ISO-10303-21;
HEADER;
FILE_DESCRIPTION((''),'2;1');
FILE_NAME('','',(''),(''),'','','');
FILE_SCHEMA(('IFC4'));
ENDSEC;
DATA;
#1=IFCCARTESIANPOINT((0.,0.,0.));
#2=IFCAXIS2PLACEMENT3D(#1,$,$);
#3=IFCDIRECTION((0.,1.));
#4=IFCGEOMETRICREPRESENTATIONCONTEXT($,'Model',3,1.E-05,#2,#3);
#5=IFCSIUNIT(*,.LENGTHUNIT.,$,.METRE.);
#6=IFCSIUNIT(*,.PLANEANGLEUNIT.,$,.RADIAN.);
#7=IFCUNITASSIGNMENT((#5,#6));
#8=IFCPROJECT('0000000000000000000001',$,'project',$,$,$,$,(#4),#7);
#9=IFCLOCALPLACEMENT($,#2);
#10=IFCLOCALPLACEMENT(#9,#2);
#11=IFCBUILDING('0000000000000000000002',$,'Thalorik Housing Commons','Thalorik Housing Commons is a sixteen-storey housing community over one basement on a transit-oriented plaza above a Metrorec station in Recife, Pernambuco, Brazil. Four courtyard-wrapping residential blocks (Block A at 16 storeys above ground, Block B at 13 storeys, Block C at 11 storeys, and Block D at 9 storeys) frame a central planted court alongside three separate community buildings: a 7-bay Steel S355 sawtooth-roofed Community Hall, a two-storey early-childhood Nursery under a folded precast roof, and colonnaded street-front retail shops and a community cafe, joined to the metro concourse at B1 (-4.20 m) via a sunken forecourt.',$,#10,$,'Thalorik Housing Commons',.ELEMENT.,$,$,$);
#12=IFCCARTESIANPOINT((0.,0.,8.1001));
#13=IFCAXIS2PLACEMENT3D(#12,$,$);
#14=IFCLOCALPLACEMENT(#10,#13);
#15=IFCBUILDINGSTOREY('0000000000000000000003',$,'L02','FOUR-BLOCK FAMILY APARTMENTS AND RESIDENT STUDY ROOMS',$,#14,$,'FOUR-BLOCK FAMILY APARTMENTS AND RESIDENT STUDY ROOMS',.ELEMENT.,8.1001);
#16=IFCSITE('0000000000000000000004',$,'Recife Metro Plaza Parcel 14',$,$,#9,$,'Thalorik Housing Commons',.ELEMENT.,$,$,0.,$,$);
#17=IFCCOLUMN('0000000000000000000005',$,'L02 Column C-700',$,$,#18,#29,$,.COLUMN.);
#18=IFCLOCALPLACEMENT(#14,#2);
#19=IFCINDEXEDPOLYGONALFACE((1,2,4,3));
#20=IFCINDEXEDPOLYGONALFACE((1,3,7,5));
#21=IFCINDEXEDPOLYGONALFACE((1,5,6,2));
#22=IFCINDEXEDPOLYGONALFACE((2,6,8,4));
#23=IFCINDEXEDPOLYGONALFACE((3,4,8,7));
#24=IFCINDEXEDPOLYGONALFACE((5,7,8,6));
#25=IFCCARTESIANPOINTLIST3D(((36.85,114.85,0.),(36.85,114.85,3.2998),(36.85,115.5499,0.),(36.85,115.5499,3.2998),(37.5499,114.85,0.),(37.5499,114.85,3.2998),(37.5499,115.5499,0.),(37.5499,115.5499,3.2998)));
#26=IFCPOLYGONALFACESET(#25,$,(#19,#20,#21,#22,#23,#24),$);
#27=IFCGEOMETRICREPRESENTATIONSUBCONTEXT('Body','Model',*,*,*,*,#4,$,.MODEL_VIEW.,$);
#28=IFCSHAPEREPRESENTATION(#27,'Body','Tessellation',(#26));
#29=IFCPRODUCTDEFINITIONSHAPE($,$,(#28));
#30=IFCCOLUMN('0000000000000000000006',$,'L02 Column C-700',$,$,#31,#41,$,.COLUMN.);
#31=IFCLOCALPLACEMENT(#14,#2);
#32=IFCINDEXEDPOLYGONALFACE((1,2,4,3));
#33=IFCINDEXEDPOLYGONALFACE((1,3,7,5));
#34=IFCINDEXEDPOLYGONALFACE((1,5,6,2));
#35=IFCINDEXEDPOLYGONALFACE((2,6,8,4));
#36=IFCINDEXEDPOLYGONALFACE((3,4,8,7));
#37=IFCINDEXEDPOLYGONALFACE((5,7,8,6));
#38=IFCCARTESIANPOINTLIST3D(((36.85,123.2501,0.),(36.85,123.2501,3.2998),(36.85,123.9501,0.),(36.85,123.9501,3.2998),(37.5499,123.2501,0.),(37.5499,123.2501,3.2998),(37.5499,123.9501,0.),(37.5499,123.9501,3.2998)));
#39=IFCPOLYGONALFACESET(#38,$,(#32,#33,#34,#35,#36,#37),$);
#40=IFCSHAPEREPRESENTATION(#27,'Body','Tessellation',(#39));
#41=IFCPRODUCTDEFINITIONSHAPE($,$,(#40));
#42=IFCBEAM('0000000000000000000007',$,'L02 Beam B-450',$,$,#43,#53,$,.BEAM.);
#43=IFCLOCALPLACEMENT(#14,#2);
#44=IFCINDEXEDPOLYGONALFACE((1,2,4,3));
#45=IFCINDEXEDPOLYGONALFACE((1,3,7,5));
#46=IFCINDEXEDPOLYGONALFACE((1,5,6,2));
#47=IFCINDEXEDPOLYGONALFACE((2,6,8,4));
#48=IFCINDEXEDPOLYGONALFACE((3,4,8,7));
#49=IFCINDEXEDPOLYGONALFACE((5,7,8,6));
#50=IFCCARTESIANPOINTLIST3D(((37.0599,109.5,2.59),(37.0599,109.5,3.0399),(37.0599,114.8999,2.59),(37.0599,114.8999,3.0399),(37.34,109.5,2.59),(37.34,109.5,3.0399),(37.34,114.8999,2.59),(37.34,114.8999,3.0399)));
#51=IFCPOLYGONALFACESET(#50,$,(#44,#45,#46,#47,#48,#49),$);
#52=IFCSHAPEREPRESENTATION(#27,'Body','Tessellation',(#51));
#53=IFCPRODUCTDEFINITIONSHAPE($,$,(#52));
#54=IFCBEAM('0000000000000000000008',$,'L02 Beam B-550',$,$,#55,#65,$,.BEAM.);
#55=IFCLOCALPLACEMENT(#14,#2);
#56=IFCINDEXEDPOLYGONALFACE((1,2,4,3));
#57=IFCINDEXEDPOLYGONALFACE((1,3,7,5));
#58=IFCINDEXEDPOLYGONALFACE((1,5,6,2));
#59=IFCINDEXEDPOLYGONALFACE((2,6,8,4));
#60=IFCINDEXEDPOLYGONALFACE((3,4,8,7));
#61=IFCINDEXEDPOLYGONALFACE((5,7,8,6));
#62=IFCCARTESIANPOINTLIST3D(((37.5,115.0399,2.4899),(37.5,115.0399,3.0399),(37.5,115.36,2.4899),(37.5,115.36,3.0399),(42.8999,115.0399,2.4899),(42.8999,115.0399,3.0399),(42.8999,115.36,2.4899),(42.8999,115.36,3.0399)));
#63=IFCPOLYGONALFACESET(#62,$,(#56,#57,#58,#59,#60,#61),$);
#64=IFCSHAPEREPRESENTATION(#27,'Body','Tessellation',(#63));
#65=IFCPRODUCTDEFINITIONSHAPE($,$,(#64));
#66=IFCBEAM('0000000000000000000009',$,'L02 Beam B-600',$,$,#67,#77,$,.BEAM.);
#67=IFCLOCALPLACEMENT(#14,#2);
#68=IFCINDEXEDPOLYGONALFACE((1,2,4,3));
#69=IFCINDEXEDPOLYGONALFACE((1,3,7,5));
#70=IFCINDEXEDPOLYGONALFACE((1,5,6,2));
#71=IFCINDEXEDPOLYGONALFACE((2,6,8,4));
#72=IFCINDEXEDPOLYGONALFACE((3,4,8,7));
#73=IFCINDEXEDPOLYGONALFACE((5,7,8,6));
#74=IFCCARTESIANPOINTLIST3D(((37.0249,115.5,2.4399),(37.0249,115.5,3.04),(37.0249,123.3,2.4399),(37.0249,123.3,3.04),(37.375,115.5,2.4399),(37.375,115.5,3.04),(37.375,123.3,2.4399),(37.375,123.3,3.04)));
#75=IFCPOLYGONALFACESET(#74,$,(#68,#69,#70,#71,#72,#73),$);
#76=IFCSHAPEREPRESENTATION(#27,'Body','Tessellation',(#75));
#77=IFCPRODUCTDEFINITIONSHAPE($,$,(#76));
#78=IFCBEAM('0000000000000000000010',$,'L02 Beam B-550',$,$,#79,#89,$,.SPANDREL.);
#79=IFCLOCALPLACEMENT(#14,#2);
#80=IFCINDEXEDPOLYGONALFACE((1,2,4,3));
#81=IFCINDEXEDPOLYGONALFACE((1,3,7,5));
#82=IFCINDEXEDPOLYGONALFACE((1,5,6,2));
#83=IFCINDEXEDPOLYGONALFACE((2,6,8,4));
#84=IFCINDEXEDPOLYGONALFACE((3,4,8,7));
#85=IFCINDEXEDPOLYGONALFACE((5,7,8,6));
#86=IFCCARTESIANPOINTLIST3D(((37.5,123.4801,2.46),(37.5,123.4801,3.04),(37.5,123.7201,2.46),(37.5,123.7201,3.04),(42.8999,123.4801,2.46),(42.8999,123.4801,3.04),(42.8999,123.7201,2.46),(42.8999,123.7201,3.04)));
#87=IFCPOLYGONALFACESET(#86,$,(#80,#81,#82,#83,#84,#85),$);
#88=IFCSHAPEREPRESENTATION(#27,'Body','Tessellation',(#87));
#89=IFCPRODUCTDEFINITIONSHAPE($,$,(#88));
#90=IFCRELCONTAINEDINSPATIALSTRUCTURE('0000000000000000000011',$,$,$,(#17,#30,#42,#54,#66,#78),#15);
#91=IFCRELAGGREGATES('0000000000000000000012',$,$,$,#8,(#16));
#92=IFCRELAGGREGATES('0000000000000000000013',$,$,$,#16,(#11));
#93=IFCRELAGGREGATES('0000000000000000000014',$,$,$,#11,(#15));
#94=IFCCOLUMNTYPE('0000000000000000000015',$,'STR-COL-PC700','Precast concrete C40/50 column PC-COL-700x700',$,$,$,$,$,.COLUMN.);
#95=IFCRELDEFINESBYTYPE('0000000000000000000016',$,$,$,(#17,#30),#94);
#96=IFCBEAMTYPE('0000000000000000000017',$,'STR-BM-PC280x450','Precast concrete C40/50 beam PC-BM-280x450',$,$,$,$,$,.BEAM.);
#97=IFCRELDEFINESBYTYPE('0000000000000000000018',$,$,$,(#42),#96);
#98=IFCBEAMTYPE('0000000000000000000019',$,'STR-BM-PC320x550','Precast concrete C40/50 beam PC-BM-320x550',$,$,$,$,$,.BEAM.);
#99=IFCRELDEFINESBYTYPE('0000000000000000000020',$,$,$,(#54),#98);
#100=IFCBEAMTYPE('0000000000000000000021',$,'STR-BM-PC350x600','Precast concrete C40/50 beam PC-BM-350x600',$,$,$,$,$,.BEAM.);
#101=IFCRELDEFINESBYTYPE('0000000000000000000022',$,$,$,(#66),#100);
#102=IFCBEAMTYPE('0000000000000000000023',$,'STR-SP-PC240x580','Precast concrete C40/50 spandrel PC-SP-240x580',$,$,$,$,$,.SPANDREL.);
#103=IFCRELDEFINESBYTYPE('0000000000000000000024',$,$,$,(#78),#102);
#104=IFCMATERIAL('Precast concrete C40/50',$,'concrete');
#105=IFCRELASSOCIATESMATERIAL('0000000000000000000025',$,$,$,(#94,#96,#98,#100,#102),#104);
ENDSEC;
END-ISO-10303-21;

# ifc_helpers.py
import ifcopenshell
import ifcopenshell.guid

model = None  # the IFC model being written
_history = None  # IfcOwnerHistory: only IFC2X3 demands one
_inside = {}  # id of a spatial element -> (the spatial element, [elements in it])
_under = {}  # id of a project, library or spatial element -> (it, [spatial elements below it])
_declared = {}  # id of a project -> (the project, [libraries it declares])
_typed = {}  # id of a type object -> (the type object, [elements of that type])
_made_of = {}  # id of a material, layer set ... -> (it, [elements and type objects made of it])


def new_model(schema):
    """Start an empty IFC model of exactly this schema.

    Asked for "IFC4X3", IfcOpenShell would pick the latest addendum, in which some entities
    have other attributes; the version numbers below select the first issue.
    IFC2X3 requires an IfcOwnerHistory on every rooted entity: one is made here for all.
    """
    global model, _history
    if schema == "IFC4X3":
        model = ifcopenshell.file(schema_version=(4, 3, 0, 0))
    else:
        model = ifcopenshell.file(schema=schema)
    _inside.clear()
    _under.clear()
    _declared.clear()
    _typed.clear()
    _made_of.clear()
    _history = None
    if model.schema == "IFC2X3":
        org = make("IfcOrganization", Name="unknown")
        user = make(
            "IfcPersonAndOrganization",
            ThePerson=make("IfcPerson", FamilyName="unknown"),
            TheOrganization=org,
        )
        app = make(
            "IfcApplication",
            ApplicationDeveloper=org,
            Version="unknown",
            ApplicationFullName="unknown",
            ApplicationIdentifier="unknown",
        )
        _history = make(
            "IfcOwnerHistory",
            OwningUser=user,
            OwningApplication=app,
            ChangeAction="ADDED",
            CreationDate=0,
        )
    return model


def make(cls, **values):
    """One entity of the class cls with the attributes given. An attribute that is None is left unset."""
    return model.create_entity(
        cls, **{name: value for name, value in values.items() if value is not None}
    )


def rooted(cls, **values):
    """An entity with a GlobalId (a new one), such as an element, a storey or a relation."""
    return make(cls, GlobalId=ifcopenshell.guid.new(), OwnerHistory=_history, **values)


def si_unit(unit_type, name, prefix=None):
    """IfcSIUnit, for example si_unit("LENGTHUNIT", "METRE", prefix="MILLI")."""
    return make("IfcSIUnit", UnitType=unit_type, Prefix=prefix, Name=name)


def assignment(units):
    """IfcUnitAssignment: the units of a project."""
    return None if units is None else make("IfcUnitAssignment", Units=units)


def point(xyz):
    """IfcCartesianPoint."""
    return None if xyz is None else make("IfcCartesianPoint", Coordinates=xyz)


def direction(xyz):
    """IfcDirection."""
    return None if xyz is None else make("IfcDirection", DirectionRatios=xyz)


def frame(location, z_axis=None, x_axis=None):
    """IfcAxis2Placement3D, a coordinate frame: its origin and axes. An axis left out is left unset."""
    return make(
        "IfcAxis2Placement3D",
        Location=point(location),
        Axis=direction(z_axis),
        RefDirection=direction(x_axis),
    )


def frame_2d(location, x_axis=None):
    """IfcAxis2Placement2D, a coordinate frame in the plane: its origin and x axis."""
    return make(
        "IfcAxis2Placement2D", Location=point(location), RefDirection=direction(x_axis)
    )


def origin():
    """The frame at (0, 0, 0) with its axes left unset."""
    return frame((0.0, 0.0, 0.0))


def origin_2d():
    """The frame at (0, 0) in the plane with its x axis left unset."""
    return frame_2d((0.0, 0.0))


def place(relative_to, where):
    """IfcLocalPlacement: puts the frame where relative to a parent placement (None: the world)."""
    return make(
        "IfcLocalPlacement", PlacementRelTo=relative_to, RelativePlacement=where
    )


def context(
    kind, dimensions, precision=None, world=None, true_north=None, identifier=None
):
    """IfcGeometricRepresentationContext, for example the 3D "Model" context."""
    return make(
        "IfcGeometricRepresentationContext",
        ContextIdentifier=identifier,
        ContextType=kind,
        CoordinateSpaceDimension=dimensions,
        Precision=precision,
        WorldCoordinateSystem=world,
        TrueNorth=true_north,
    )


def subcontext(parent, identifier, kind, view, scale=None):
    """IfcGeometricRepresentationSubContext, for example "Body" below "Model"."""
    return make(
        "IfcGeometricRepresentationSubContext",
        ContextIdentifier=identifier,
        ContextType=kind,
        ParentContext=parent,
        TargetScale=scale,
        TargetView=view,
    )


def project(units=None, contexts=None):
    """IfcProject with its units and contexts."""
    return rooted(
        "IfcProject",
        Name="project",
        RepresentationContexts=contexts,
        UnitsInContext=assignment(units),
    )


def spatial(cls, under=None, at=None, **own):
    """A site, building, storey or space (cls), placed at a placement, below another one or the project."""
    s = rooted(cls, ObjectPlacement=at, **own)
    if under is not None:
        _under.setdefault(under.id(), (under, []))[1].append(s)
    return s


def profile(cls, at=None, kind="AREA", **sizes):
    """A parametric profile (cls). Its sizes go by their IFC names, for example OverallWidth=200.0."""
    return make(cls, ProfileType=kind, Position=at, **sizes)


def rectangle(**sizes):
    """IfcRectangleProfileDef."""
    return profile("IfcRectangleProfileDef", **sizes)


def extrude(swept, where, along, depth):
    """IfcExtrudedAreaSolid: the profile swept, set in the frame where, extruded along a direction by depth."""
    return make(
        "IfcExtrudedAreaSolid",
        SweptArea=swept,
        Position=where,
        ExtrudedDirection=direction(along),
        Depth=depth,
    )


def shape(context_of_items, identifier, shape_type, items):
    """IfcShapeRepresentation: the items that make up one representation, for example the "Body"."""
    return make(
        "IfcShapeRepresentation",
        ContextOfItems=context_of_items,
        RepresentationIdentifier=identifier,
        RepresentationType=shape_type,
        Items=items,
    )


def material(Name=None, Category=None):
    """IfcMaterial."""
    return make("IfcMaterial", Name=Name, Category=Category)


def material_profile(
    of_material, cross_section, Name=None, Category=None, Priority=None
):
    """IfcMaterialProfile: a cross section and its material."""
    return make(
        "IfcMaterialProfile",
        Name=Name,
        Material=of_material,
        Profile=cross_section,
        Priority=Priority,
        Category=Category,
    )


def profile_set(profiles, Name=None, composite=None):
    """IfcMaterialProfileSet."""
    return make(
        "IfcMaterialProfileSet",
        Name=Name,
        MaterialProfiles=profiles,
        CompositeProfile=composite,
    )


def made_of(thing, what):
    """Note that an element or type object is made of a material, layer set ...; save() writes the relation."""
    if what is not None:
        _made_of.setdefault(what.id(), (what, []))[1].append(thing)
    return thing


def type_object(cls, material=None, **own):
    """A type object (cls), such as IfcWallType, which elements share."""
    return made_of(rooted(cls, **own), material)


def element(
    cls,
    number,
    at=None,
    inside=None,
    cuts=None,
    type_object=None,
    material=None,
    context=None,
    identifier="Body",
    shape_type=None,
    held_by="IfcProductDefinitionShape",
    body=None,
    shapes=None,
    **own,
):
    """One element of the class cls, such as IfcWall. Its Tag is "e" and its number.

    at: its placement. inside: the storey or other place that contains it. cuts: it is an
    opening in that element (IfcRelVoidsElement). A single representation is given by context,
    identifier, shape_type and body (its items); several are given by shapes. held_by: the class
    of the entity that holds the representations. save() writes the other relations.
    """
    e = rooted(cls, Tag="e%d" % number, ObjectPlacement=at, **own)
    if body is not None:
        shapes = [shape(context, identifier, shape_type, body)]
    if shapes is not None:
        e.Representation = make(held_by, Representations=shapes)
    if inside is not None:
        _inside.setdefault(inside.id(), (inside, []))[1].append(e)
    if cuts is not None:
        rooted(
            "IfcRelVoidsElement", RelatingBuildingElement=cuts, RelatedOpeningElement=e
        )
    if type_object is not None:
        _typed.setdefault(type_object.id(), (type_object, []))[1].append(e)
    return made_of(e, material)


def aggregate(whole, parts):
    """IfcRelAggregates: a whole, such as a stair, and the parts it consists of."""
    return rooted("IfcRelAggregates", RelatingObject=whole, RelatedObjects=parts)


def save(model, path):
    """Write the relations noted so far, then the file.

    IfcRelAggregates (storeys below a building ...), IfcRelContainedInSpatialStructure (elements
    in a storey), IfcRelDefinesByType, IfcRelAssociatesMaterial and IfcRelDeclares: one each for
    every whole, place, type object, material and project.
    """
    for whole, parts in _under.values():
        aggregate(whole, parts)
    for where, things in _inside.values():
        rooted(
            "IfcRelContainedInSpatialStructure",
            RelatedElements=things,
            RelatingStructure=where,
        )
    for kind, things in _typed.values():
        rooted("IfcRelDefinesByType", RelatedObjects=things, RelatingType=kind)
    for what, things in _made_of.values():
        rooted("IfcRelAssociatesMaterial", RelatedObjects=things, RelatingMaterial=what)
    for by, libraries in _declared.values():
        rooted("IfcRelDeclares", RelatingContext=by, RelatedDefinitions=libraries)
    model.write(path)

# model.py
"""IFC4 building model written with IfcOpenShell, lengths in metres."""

from ifc_helpers import new_model, si_unit, direction, frame, origin, origin_2d, place, context, subcontext, project, spatial, rectangle, extrude, material, material_profile, profile_set, type_object, element, save


model = new_model("IFC4")

# Units and contexts
model_context = context("Model", 3, precision=1e-05, world=origin(), true_north=direction((0.0, 1.0)))
body_context = subcontext(model_context, "Body", "Model", "MODEL_VIEW")
ifc_project = project(units=[si_unit("LENGTHUNIT", "METRE"), si_unit("PLANEANGLEUNIT", "RADIAN")], contexts=[model_context])

# Site, building, storey
site_placement = place(None, origin())
site = spatial("IfcSite", under=ifc_project, at=site_placement, Name="Recife Metro Plaza Parcel 14", LongName="Thalorik Housing Commons", CompositionType="ELEMENT", RefElevation=0.0)
building_placement = place(site_placement, origin())
building = spatial("IfcBuilding", under=site, at=building_placement, Name="Thalorik Housing Commons", Description="Thalorik Housing Commons is a sixteen-storey housing community over one basement on a transit-oriented plaza above a Metrorec station in Recife, Pernambuco, Brazil. Four courtyard-wrapping residential blocks (Block A at 16 storeys above ground, Block B at 13 storeys, Block C at 11 storeys, and Block D at 9 storeys) frame a central planted court alongside three separate community buildings: a 7-bay Steel S355 sawtooth-roofed Community Hall, a two-storey early-childhood Nursery under a folded precast roof, and colonnaded street-front retail shops and a community cafe, joined to the metro concourse at B1 (-4.20 m) via a sunken forecourt.", LongName="Thalorik Housing Commons", CompositionType="ELEMENT")
storey_placement = place(building_placement, frame((0.0, 0.0, 8.1001)))
storey = spatial("IfcBuildingStorey", under=building, at=storey_placement, Name="L02", Description="FOUR-BLOCK FAMILY APARTMENTS AND RESIDENT STUDY ROOMS", LongName="FOUR-BLOCK FAMILY APARTMENTS AND RESIDENT STUDY ROOMS", CompositionType="ELEMENT", Elevation=8.1001)

# Columns
ifc_material_1 = material(Name="Precast concrete C40/50", Category="concrete")
ifc_material_profile_1 = material_profile(ifc_material_1, rectangle(XDim=0.7, YDim=0.7, at=origin_2d()), Name="PC 700x700", Category="concrete")
ifc_profile_set_1 = profile_set([ifc_material_profile_1], Name="Precast concrete C40/50")
column_type = type_object("IfcColumnType", Name="STR-COL-PC700", Description="Precast concrete C40/50 column PC-COL-700x700", PredefinedType="COLUMN", material=ifc_profile_set_1)
for number, where, z_axis, x_axis, name in (
    (1, (37.2, 115.2, 0.0), (0.0, 0.0, 1.0), (1.0, 0.0, 0.0), "L02 Column C-700"),
    (2, (37.2, 123.6001, 0.0), (0.0, 0.0, 1.0), (1.0, 0.0, 0.0), "L02 Column C-700"),
):
    element("IfcColumn", number, at=place(storey_placement, frame(where, z_axis=z_axis, x_axis=x_axis)), inside=storey, type_object=column_type, Name=name, PredefinedType="COLUMN", context=body_context, shape_type="SweptSolid", body=[
        extrude(rectangle(XDim=0.7, YDim=0.7, at=origin_2d()), origin(), (0.0, 0.0, 1.0), 3.2998),
    ])

# Beams
ifc_material_profile_2 = material_profile(ifc_material_1, rectangle(XDim=0.28, YDim=0.45, at=origin_2d()), Name="PC 280x450", Category="concrete")
ifc_profile_set_2 = profile_set([ifc_material_profile_2], Name="Precast concrete C40/50")
beam_type_1 = type_object("IfcBeamType", Name="STR-BM-PC280x450", Description="Precast concrete C40/50 beam PC-BM-280x450", PredefinedType="BEAM", material=ifc_profile_set_2)
beam_1_placement = place(storey_placement, frame((37.2, 109.5, 2.8149), z_axis=(0.0, 1.0, 0.0), x_axis=(-1.0, 0.0, 0.0)))
element("IfcBeam", 3, at=beam_1_placement, inside=storey, type_object=beam_type_1, Name="L02 Beam B-450", PredefinedType="BEAM", context=body_context, shape_type="SweptSolid", body=[
    extrude(rectangle(XDim=0.28, YDim=0.45, at=origin_2d()), origin(), (0.0, 0.0, 1.0), 5.3999),
])
ifc_material_profile_3 = material_profile(ifc_material_1, rectangle(XDim=0.3201, YDim=0.55, at=origin_2d()), Name="PC 320x550", Category="concrete")
ifc_profile_set_3 = profile_set([ifc_material_profile_3], Name="Precast concrete C40/50")
beam_type_2 = type_object("IfcBeamType", Name="STR-BM-PC320x550", Description="Precast concrete C40/50 beam PC-BM-320x550", PredefinedType="BEAM", material=ifc_profile_set_3)
beam_2_placement = place(storey_placement, frame((37.5, 115.2, 2.7649), z_axis=(1.0, 0.0, 0.0), x_axis=(0.0, 1.0, 0.0)))
element("IfcBeam", 4, at=beam_2_placement, inside=storey, type_object=beam_type_2, Name="L02 Beam B-550", PredefinedType="BEAM", context=body_context, shape_type="SweptSolid", body=[
    extrude(rectangle(XDim=0.3201, YDim=0.55, at=origin_2d()), origin(), (0.0, 0.0, 1.0), 5.3999),
])
ifc_material_profile_4 = material_profile(ifc_material_1, rectangle(XDim=0.3501, YDim=0.6001, at=origin_2d()), Name="PC 350x600", Category="concrete")
ifc_profile_set_4 = profile_set([ifc_material_profile_4], Name="Precast concrete C40/50")
beam_type_3 = type_object("IfcBeamType", Name="STR-BM-PC350x600", Description="Precast concrete C40/50 beam PC-BM-350x600", PredefinedType="BEAM", material=ifc_profile_set_4)
beam_3_placement = place(storey_placement, frame((37.2, 115.5, 2.74), z_axis=(0.0, 1.0, 0.0), x_axis=(-1.0, 0.0, 0.0)))
element("IfcBeam", 5, at=beam_3_placement, inside=storey, type_object=beam_type_3, Name="L02 Beam B-600", PredefinedType="BEAM", context=body_context, shape_type="SweptSolid", body=[
    extrude(rectangle(XDim=0.3501, YDim=0.6001, at=origin_2d()), origin(), (0.0, 0.0, 1.0), 7.8),
])
ifc_material_profile_5 = material_profile(ifc_material_1, rectangle(XDim=0.24, YDim=0.5801, at=origin_2d()), Name="PC SP 240x580", Category="concrete")
ifc_profile_set_5 = profile_set([ifc_material_profile_5], Name="Precast concrete C40/50")
beam_type_4 = type_object("IfcBeamType", Name="STR-SP-PC240x580", Description="Precast concrete C40/50 spandrel PC-SP-240x580", PredefinedType="SPANDREL", material=ifc_profile_set_5)
beam_4_placement = place(storey_placement, frame((37.5, 123.6001, 2.75), z_axis=(1.0, 0.0, 0.0), x_axis=(0.0, 1.0, 0.0)))
element("IfcBeam", 6, at=beam_4_placement, inside=storey, type_object=beam_type_4, Name="L02 Beam B-550", PredefinedType="SPANDREL", context=body_context, shape_type="SweptSolid", body=[
    extrude(rectangle(XDim=0.24, YDim=0.5801, at=origin_2d()), origin(), (0.0, 0.0, 1.0), 5.3999),
])

save(model, "model.ifc")
